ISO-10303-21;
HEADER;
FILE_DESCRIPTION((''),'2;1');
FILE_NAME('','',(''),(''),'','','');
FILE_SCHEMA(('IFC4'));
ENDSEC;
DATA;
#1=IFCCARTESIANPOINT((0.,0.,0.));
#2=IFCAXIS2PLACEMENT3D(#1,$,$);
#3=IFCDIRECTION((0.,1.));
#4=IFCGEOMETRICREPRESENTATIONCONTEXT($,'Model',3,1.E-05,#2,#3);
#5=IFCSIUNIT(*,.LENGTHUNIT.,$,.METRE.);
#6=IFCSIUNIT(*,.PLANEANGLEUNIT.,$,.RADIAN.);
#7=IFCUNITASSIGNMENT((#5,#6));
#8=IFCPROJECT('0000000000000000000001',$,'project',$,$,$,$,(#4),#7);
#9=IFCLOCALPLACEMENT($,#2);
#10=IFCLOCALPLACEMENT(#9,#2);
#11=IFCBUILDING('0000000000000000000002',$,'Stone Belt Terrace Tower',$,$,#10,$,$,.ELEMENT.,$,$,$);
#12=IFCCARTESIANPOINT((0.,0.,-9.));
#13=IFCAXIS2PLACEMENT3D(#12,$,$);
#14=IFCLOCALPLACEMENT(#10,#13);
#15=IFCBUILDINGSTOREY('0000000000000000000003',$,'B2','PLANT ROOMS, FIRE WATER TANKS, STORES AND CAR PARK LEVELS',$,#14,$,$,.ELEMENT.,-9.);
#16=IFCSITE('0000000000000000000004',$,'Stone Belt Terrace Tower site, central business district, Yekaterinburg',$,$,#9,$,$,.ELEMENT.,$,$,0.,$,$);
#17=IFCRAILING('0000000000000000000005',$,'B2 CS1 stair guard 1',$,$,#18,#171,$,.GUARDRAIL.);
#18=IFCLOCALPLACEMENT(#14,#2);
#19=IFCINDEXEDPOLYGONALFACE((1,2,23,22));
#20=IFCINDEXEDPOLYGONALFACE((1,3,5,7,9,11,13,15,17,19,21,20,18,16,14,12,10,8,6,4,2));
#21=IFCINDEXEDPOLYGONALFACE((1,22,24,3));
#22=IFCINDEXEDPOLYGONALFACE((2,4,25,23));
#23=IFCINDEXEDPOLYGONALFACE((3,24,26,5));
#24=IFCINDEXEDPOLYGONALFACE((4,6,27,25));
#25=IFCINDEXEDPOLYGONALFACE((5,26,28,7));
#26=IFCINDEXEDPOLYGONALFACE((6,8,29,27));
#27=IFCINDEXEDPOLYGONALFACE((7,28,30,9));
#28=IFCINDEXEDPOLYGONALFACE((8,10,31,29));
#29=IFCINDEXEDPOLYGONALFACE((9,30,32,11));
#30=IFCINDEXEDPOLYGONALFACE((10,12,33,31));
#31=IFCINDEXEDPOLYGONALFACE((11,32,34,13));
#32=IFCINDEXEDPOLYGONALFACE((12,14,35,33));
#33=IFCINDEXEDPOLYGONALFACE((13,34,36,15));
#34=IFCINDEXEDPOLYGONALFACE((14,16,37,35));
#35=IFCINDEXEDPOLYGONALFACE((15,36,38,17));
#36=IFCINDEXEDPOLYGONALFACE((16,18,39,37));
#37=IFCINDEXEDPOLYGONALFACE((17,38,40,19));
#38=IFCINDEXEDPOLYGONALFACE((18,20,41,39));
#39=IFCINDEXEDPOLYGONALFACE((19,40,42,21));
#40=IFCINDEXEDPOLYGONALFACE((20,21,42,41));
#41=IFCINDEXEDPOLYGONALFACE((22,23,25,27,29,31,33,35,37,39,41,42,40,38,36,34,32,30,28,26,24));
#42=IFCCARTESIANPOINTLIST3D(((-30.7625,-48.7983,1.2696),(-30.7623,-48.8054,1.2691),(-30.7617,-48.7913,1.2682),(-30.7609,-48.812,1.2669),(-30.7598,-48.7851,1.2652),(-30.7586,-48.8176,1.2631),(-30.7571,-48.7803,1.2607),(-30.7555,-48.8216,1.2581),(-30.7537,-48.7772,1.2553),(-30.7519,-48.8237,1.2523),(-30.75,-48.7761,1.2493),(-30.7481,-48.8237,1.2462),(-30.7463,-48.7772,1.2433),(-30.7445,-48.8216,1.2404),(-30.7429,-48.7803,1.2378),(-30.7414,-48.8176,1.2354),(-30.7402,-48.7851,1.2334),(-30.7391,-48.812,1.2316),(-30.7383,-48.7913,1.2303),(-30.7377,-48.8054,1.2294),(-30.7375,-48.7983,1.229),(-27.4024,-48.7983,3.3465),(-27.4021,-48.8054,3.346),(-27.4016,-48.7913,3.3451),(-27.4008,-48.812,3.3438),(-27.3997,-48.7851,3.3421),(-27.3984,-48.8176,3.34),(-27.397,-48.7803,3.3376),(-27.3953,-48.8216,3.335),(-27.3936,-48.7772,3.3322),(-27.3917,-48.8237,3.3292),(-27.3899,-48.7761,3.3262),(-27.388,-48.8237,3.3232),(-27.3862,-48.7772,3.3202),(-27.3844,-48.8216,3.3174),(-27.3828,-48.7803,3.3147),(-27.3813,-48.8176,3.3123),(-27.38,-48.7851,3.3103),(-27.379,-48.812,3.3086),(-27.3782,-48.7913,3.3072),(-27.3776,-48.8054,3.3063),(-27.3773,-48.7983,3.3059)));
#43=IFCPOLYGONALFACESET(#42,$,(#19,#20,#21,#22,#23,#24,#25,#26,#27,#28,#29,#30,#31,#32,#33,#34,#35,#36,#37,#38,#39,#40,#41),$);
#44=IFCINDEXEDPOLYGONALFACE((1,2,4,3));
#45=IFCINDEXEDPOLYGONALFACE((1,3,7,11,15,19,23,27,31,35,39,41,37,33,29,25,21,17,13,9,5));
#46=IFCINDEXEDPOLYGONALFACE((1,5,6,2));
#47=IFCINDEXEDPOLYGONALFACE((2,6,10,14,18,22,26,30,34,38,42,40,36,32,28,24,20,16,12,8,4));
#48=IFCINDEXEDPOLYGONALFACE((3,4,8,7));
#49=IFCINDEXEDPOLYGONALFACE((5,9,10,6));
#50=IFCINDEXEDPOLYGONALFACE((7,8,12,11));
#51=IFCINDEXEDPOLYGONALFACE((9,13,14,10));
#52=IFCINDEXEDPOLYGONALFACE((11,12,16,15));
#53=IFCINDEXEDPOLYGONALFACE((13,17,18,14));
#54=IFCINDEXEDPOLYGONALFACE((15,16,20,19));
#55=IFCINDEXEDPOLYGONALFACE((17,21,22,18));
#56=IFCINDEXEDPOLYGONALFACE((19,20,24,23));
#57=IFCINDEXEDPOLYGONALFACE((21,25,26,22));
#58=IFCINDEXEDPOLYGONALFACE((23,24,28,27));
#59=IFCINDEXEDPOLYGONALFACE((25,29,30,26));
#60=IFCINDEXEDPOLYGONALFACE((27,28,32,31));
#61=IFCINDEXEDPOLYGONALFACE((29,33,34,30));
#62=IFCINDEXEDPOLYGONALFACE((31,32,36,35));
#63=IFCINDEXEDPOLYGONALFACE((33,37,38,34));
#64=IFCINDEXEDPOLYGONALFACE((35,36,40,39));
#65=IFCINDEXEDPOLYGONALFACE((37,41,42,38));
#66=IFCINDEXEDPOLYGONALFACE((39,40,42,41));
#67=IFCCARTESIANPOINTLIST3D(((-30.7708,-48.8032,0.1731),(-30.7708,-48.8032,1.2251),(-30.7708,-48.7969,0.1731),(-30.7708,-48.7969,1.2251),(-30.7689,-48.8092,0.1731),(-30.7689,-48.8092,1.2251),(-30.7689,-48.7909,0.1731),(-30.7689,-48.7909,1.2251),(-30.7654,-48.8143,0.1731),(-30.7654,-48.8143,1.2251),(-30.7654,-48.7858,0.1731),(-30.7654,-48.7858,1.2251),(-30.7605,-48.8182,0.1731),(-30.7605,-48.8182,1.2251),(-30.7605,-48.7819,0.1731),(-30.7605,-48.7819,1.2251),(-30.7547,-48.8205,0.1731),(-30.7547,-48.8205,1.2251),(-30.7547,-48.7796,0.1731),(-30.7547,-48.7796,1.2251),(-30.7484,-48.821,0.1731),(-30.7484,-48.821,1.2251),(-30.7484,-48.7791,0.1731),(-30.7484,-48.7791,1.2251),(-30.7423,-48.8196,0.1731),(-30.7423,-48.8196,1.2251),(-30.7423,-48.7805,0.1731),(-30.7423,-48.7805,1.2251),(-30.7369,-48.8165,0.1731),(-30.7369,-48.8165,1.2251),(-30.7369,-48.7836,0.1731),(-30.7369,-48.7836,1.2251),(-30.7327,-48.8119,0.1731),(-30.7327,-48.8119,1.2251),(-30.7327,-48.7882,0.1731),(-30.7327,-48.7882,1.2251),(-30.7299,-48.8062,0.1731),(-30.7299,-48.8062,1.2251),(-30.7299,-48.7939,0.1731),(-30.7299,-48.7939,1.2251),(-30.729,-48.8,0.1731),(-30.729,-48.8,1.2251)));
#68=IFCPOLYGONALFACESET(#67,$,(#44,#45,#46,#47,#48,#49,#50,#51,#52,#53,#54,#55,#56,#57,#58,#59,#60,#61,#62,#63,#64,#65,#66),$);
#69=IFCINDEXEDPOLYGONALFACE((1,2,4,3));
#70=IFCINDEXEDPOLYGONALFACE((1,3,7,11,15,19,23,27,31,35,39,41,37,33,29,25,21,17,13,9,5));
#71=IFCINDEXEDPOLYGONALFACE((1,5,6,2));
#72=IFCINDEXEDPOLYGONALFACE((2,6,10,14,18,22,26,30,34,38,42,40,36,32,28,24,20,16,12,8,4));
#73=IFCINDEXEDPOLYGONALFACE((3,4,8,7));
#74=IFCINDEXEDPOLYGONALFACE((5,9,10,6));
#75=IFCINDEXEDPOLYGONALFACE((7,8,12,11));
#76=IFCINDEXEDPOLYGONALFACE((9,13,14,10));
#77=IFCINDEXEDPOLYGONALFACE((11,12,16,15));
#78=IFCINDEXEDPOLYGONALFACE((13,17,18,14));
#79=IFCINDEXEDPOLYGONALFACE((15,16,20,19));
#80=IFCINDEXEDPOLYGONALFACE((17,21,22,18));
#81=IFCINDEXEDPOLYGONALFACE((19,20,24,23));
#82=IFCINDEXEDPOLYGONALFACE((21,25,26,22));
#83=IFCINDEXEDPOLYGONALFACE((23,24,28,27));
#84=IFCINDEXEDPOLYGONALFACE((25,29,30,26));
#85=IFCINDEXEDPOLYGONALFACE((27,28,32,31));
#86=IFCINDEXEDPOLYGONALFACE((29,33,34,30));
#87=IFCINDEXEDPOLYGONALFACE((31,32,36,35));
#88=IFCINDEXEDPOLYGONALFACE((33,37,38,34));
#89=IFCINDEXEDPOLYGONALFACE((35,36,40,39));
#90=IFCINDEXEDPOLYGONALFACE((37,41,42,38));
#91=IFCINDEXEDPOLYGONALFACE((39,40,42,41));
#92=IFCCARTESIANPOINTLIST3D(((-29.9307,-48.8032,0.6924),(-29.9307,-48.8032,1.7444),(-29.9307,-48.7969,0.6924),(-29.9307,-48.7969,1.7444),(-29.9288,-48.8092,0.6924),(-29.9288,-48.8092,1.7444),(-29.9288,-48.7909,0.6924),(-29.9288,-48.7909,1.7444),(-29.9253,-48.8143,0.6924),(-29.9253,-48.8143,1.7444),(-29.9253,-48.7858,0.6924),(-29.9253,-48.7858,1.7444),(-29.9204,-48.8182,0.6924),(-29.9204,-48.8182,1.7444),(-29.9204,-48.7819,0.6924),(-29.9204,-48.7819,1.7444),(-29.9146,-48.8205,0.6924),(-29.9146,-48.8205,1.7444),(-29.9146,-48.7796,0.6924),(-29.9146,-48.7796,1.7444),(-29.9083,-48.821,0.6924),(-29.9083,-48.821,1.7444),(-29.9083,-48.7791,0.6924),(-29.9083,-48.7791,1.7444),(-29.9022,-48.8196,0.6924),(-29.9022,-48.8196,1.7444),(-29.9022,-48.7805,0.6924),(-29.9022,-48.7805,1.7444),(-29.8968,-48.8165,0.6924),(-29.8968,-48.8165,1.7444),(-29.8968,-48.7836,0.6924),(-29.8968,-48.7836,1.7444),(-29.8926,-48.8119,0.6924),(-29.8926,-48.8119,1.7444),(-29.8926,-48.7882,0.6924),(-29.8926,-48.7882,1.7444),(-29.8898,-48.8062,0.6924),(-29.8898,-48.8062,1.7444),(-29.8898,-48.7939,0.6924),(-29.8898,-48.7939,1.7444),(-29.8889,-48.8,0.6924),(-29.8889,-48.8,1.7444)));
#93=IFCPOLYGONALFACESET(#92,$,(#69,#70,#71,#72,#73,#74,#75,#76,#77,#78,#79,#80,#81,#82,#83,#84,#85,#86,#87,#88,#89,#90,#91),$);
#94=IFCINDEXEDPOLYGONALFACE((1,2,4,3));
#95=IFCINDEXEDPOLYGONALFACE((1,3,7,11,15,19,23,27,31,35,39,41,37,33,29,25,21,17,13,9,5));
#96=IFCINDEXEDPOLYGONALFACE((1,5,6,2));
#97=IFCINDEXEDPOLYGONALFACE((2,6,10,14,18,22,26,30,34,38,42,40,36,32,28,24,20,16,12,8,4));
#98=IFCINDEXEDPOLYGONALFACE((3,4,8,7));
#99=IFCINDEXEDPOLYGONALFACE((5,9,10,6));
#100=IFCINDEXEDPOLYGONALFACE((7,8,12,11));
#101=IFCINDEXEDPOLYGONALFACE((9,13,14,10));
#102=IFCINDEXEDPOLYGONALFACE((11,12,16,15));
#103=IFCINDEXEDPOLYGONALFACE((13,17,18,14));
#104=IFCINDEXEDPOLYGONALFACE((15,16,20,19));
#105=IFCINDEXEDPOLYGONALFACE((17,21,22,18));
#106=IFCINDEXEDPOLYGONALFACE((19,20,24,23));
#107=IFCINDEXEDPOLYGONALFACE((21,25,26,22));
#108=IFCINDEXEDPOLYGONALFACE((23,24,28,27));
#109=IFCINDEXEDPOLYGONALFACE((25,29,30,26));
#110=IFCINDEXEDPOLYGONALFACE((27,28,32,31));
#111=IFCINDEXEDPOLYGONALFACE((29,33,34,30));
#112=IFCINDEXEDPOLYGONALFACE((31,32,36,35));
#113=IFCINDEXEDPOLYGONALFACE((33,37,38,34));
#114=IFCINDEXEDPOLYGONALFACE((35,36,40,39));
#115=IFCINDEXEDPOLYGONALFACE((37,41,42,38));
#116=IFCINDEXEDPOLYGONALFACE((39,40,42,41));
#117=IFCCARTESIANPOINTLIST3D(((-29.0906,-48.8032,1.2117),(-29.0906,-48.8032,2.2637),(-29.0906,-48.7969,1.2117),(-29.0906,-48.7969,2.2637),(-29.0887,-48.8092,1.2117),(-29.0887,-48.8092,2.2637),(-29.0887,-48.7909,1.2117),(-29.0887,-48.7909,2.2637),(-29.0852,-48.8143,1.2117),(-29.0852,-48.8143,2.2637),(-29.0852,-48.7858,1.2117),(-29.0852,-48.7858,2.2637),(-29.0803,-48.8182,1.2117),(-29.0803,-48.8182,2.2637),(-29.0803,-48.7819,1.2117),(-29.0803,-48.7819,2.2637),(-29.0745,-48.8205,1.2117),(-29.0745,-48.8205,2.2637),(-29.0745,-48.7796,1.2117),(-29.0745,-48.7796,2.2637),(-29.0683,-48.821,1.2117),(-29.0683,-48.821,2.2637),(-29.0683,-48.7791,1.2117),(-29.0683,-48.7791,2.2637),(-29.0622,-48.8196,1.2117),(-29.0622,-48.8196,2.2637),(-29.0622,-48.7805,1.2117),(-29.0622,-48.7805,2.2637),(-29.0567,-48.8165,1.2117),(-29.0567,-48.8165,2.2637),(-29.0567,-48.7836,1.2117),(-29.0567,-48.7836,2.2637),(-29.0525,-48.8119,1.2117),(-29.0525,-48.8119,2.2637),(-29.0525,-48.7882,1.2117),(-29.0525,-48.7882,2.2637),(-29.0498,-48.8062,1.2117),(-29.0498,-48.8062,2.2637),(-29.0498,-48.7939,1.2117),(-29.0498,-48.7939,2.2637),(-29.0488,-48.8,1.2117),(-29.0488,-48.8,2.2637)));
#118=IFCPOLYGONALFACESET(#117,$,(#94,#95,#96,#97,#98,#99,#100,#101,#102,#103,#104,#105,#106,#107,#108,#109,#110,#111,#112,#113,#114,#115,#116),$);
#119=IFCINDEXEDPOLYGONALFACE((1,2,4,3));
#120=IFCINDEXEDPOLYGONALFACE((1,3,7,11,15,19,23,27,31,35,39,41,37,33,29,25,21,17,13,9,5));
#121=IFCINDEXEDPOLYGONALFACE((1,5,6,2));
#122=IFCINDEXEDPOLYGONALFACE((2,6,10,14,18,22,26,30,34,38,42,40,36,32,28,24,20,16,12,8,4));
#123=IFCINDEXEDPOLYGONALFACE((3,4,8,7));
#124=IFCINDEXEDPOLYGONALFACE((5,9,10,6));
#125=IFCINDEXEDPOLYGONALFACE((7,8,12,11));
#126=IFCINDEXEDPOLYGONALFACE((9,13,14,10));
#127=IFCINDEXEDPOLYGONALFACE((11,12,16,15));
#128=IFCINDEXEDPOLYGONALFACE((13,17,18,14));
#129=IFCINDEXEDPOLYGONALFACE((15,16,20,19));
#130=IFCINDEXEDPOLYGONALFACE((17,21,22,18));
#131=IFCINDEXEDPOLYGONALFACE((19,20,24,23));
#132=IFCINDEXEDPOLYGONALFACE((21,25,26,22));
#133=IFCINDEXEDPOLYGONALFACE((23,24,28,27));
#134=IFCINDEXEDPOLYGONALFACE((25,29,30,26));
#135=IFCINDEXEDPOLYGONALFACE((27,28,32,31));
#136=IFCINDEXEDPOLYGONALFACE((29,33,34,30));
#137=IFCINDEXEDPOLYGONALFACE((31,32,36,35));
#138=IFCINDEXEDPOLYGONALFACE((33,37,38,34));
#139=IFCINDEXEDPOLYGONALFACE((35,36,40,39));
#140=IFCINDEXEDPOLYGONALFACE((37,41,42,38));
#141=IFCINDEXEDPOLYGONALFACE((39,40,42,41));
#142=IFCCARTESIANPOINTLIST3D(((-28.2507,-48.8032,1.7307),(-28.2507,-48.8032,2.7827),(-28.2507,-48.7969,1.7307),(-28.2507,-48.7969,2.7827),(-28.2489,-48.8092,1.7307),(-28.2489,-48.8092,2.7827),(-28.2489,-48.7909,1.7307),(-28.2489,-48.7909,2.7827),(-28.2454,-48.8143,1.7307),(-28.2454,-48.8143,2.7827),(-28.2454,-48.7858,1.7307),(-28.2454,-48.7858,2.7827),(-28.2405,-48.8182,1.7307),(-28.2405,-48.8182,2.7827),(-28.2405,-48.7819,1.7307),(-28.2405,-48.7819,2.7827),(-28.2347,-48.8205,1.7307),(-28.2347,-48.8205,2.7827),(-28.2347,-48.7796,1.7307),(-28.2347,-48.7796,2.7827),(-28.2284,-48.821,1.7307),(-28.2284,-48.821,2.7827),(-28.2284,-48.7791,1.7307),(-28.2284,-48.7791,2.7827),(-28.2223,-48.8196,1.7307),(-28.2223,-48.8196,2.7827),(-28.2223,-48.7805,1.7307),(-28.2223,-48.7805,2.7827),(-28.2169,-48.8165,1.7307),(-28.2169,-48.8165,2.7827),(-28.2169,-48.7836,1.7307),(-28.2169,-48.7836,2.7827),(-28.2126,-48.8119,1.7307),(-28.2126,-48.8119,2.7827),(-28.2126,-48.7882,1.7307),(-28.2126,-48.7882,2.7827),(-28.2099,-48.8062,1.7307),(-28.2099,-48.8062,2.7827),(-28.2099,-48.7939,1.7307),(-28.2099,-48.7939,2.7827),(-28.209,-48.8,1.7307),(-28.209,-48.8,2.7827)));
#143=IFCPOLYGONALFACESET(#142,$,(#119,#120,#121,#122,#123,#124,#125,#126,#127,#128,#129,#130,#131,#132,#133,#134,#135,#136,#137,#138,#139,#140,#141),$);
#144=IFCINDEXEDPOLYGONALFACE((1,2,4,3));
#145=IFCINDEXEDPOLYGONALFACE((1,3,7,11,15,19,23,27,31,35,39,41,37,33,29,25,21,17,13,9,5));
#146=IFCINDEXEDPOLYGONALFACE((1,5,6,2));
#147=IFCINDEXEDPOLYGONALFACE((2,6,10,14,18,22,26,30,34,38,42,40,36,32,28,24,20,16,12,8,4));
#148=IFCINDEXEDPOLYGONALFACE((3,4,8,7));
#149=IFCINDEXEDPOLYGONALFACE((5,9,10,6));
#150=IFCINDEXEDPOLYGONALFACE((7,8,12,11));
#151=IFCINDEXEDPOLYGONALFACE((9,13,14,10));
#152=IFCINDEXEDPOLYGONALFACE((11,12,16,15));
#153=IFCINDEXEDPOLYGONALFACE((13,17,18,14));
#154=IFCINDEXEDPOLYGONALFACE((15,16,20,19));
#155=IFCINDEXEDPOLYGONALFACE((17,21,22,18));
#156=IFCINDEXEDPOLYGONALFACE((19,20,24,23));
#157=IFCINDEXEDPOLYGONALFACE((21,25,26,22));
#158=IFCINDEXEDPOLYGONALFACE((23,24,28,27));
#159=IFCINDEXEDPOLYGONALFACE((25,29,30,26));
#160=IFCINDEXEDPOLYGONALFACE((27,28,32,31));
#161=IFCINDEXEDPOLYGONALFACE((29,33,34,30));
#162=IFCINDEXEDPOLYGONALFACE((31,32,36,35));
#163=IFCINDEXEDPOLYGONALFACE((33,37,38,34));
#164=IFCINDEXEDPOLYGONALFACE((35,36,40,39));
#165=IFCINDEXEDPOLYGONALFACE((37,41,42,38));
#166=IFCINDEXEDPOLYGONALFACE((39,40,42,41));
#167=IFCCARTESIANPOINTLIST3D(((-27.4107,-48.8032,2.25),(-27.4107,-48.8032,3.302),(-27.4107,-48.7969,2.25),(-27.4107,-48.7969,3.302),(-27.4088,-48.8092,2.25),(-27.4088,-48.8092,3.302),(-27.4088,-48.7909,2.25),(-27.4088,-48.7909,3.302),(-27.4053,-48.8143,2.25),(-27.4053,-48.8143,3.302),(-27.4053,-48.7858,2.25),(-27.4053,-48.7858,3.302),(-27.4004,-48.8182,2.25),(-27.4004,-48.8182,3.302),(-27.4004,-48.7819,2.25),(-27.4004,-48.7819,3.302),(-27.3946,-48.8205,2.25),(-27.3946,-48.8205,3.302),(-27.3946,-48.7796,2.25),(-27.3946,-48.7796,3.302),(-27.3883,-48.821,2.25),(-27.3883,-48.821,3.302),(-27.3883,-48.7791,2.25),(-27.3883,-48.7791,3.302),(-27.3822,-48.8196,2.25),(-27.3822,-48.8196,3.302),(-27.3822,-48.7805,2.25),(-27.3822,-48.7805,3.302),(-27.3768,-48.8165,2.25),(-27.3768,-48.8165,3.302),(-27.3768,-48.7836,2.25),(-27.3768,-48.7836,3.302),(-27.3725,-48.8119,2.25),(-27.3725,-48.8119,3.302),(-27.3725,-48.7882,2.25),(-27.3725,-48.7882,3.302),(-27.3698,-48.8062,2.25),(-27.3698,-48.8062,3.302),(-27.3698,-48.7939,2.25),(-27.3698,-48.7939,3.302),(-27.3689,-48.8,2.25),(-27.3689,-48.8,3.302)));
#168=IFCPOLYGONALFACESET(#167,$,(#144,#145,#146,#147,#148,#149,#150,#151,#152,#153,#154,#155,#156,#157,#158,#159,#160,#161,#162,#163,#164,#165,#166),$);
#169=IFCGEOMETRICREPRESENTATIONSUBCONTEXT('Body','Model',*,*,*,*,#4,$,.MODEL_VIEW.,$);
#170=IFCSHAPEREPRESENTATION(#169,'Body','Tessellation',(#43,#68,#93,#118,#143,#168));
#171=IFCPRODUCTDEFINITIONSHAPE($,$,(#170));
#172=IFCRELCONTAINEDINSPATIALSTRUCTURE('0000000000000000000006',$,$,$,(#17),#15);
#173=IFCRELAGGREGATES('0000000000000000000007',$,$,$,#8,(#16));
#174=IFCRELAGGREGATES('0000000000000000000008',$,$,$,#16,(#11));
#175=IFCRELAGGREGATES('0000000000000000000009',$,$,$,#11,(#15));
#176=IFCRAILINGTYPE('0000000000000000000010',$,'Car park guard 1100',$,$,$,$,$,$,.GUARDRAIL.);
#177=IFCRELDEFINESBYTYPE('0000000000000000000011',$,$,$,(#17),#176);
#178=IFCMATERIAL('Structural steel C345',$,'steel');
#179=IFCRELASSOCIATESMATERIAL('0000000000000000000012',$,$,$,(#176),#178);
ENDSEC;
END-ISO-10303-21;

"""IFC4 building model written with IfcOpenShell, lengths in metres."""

from ifc_helpers import new_model, si_unit, direction, frame, origin, origin_2d, place, context, subcontext, project, spatial, circle, extrude, material, type_object, element, save


model = new_model("IFC4")

# Units and contexts
model_context = context("Model", 3, precision=1e-05, world=origin(), true_north=direction((0.0, 1.0)))
body_context = subcontext(model_context, "Body", "Model", "MODEL_VIEW")
ifc_project = project(units=[si_unit("LENGTHUNIT", "METRE"), si_unit("PLANEANGLEUNIT", "RADIAN")], contexts=[model_context])

# Site, building, storey
site_placement = place(None, origin())
site = spatial("IfcSite", under=ifc_project, at=site_placement, Name="Stone Belt Terrace Tower site, central business district, Yekaterinburg", CompositionType="ELEMENT", RefElevation=0.0)
building_placement = place(site_placement, origin())
building = spatial("IfcBuilding", under=site, at=building_placement, Name="Stone Belt Terrace Tower", CompositionType="ELEMENT")
storey_placement = place(building_placement, frame((0.0, 0.0, -9.0)))
storey = spatial("IfcBuildingStorey", under=building, at=storey_placement, Name="B2", Description="PLANT ROOMS, FIRE WATER TANKS, STORES AND CAR PARK LEVELS", CompositionType="ELEMENT", Elevation=-9.0)

# Railing
ifc_material_1 = material(Name="Structural steel C345", Category="steel")
railing_type_1 = type_object("IfcRailingType", Name="Car park guard 1100", PredefinedType="GUARDRAIL", material=ifc_material_1)
railing_1_placement = place(storey_placement, frame((-30.75, -48.8, 0.1731)))
element("IfcRailing", 1, at=railing_1_placement, inside=storey, type_object=railing_type_1, Name="B2 CS1 stair guard 1", PredefinedType="GUARDRAIL", context=body_context, shape_type="SweptSolid", body=[
    extrude(circle(Radius=0.0239, at=origin_2d()), frame((0.0, 0.0, 1.0762), z_axis=(0.850623, 0.0, 0.525776), x_axis=(0.0, 1.0, 0.0)), (0.0, 0.0, 1.0), 3.9502),
    extrude(circle(Radius=0.021, at=origin_2d()), origin(), (0.0, 0.0, 1.0), 1.052),
    extrude(circle(Radius=0.021, at=origin_2d()), frame((0.8401, 0.0, 0.5193)), (0.0, 0.0, 1.0), 1.052),
    extrude(circle(Radius=0.021, at=origin_2d()), frame((1.6802, 0.0, 1.0386)), (0.0, 0.0, 1.0), 1.052),
    extrude(circle(Radius=0.021, at=origin_2d()), frame((2.52, 0.0, 1.5576)), (0.0, 0.0, 1.0), 1.052),
    extrude(circle(Radius=0.021, at=origin_2d()), frame((3.3601, 0.0, 2.0769)), (0.0, 0.0, 1.0), 1.052),
])

save(model, "model.ifc")
